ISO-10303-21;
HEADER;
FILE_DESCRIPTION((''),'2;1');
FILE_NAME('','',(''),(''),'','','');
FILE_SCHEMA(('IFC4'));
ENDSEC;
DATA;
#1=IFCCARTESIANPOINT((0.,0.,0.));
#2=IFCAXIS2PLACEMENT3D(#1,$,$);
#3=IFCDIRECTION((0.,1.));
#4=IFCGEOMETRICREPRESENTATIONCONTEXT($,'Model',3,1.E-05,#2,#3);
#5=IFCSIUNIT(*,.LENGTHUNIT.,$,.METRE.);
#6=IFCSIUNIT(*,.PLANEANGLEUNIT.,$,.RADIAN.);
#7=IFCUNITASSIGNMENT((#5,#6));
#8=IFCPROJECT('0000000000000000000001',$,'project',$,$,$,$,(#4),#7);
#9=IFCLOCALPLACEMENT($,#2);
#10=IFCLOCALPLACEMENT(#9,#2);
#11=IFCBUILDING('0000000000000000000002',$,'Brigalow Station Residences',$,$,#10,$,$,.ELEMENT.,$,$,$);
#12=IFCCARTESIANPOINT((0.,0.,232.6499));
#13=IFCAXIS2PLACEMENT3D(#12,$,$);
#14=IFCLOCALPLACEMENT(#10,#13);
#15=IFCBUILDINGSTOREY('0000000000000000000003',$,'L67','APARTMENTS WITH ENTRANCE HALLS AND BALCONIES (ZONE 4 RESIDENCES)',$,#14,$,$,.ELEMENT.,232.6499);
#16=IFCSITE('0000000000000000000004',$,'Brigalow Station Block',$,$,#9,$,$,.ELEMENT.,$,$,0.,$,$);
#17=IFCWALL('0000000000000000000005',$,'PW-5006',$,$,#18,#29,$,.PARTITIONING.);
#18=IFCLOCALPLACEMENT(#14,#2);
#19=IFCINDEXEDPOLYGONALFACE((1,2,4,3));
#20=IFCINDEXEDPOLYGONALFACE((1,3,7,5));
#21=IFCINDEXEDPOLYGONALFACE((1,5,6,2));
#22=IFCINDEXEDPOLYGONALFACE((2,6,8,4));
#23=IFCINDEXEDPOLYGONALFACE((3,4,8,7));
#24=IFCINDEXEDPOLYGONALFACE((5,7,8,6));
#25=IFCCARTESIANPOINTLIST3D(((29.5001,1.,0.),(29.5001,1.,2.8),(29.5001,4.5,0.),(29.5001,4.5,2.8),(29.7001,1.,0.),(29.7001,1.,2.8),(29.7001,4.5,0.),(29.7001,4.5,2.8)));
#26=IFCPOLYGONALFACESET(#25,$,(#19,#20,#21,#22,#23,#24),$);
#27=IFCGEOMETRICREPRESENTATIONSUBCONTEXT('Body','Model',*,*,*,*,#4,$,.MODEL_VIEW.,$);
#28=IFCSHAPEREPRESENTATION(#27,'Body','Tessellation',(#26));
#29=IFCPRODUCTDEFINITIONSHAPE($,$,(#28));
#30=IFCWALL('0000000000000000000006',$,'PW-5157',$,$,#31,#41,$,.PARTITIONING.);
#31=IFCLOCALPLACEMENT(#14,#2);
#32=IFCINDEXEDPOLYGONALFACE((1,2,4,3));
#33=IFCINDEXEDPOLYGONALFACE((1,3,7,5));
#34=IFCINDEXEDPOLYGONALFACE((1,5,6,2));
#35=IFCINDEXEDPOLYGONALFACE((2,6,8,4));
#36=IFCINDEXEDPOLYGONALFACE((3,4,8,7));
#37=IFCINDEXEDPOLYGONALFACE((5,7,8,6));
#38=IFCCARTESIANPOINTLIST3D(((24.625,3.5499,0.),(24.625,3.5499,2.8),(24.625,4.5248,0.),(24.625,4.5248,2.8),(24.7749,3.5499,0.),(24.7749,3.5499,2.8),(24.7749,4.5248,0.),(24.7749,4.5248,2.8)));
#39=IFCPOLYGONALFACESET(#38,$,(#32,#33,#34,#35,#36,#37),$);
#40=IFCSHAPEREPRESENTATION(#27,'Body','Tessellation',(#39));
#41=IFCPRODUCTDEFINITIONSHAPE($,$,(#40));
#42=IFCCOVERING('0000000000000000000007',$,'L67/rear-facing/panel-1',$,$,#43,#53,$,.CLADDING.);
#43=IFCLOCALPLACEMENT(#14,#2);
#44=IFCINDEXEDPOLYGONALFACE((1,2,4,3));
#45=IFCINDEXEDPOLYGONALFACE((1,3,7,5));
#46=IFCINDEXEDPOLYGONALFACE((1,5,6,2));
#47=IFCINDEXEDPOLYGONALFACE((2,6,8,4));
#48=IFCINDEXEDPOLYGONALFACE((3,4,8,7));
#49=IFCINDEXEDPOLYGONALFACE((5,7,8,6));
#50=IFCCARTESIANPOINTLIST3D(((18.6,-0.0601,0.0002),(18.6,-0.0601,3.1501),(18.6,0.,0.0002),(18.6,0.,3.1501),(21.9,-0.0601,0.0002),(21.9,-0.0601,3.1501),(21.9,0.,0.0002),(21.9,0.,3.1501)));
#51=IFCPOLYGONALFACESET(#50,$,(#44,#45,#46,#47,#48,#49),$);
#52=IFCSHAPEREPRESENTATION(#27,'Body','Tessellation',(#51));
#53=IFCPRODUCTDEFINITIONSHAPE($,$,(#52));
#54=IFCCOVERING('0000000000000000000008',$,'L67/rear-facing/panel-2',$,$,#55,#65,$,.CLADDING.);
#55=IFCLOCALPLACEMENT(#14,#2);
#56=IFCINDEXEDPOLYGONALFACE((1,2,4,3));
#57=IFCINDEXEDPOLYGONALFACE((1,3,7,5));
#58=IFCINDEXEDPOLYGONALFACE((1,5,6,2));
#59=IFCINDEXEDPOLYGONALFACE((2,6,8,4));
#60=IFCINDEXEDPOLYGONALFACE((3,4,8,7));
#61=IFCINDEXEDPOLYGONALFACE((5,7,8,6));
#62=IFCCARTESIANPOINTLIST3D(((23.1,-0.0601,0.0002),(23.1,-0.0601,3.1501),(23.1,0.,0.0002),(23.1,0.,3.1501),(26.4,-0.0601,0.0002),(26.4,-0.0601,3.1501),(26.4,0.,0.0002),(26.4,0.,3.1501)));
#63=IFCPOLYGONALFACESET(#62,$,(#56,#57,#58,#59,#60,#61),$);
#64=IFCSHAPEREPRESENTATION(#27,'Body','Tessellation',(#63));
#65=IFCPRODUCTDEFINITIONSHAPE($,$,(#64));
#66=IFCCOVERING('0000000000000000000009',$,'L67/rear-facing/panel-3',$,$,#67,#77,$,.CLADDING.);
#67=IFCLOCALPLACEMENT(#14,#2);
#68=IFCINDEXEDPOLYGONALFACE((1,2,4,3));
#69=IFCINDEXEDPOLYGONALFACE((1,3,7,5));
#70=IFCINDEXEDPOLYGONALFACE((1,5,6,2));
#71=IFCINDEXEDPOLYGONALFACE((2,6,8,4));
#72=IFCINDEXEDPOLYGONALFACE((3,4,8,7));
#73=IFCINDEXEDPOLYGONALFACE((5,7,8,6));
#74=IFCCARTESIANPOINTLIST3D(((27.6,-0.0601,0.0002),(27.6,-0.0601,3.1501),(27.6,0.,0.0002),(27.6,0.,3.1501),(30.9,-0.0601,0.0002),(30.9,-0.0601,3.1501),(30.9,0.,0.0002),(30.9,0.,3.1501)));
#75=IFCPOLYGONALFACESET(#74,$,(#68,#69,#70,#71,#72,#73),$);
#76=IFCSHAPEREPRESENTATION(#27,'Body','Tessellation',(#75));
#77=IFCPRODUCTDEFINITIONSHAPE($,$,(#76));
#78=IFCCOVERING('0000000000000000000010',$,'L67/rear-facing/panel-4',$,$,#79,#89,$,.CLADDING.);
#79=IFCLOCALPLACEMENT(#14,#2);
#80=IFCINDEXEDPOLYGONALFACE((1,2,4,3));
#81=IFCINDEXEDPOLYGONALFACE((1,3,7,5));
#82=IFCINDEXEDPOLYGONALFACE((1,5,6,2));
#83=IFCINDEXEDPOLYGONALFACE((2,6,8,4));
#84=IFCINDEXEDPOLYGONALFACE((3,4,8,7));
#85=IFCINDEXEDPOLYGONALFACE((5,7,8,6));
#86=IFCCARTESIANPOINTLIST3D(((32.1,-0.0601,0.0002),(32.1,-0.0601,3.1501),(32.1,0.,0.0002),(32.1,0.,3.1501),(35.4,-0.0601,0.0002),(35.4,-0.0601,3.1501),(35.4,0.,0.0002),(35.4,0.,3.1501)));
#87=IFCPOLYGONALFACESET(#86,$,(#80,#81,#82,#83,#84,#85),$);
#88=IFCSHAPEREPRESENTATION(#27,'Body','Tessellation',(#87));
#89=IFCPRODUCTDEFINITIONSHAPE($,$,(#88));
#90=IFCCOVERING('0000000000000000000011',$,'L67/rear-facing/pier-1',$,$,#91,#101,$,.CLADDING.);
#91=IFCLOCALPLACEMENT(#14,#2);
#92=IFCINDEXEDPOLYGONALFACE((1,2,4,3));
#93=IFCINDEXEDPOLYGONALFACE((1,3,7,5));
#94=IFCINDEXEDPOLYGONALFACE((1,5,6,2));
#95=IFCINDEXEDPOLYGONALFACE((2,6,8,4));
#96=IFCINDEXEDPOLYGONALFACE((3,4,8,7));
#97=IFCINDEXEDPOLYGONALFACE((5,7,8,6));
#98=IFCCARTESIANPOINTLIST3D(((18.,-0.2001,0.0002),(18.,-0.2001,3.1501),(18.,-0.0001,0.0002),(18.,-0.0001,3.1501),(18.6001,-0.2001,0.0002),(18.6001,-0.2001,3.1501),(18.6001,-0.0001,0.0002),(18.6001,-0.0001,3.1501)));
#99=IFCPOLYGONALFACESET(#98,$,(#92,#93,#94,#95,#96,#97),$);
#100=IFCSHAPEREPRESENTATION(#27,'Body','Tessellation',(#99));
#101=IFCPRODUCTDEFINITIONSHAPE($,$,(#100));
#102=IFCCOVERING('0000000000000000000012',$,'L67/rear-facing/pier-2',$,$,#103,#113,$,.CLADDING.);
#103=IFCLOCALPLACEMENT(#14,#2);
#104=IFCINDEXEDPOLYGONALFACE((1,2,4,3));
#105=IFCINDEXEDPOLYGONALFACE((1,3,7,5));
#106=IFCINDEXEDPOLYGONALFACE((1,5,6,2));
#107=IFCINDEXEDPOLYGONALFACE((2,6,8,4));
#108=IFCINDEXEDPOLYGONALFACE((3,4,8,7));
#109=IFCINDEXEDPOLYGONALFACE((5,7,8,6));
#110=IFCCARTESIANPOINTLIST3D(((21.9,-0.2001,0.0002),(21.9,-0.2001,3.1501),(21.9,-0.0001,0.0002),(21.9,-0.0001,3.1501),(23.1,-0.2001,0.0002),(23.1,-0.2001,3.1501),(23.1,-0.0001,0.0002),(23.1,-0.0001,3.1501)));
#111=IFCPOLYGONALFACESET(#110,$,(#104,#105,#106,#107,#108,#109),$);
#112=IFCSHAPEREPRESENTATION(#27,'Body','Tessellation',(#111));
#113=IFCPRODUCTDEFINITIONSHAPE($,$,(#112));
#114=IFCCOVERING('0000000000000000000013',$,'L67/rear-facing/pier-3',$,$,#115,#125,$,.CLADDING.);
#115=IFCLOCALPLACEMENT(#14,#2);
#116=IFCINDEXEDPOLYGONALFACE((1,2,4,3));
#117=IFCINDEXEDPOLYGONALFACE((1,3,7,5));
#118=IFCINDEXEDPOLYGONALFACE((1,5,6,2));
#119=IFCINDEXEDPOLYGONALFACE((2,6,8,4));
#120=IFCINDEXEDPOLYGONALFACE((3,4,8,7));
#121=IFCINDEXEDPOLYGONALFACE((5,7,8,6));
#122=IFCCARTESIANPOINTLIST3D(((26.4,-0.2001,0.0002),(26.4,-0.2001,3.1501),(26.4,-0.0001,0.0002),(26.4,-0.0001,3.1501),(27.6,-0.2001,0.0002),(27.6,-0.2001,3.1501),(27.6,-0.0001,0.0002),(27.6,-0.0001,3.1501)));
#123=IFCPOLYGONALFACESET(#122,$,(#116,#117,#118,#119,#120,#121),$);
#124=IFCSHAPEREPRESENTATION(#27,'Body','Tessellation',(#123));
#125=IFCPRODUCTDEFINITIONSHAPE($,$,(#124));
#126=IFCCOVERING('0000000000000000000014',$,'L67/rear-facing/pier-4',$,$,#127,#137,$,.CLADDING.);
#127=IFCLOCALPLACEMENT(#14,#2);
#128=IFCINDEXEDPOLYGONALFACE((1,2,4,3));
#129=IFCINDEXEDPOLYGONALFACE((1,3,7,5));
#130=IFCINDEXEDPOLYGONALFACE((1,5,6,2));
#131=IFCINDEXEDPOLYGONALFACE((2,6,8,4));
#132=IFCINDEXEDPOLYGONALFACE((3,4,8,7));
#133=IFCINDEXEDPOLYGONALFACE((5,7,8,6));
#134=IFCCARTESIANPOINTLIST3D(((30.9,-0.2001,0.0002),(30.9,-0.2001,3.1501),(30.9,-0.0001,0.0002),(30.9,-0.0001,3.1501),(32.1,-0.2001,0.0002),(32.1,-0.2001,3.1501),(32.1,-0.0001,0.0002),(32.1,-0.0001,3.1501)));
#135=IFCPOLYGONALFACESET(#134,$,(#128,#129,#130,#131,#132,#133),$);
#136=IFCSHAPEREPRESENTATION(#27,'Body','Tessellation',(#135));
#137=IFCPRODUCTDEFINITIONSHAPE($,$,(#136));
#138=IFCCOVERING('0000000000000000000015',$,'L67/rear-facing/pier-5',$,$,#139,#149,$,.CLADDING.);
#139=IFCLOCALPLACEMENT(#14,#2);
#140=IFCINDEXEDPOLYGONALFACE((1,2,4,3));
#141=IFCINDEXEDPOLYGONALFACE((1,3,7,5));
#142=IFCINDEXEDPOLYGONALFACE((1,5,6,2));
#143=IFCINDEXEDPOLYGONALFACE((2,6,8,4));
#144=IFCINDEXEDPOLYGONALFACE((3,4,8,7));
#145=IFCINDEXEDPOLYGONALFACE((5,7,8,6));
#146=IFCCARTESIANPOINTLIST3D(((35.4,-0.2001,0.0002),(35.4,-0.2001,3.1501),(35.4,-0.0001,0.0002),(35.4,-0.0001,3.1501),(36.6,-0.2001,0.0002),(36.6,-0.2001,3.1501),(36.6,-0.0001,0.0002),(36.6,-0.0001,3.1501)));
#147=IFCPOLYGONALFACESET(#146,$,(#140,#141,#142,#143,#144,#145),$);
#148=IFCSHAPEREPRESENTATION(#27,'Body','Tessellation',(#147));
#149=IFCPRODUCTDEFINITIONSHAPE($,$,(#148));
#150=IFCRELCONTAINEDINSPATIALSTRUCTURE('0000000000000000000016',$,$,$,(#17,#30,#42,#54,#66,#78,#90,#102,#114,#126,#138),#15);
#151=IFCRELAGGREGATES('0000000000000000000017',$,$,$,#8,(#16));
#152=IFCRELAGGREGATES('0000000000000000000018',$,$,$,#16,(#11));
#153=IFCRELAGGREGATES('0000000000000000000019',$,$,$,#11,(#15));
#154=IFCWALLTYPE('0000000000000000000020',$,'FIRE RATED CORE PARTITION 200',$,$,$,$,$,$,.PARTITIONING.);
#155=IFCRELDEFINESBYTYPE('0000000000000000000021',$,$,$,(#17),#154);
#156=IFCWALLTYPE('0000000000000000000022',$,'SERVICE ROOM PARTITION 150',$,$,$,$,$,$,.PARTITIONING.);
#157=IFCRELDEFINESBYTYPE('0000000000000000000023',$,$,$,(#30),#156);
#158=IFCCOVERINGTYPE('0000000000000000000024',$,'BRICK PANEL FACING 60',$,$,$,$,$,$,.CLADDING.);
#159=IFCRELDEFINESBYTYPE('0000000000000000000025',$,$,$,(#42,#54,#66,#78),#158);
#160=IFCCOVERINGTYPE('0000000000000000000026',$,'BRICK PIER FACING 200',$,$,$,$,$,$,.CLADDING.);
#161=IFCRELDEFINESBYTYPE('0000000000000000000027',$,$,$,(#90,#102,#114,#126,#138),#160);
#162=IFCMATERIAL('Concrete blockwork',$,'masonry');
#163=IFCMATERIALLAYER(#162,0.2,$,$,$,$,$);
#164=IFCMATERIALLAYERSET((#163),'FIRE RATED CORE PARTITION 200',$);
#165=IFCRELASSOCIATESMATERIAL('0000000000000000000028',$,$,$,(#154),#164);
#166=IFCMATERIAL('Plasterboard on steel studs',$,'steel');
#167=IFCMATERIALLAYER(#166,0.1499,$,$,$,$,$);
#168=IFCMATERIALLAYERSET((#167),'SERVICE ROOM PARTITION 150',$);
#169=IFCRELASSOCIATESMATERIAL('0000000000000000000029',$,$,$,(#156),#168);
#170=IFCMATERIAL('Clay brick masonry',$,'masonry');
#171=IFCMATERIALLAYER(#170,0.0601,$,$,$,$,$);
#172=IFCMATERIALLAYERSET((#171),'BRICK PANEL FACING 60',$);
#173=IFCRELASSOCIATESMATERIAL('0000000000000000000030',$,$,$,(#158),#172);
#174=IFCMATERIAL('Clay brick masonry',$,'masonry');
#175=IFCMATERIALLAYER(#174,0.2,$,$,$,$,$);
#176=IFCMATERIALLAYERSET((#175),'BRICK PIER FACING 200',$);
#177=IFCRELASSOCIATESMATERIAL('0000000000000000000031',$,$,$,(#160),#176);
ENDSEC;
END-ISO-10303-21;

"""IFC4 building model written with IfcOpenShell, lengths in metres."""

from ifc_helpers import new_model, si_unit, direction, frame, frame_2d, origin, origin_2d, place, context, subcontext, project, spatial, rectangle, extrude, material, layer, layer_set, type_object, element, save


model = new_model("IFC4")

# Units and contexts
model_context = context("Model", 3, precision=1e-05, world=origin(), true_north=direction((0.0, 1.0)))
body_context = subcontext(model_context, "Body", "Model", "MODEL_VIEW")
ifc_project = project(units=[si_unit("LENGTHUNIT", "METRE"), si_unit("PLANEANGLEUNIT", "RADIAN")], contexts=[model_context])

# Site, building, storey
site_placement = place(None, origin())
site = spatial("IfcSite", under=ifc_project, at=site_placement, Name="Brigalow Station Block", CompositionType="ELEMENT", RefElevation=0.0)
building_placement = place(site_placement, origin())
building = spatial("IfcBuilding", under=site, at=building_placement, Name="Brigalow Station Residences", CompositionType="ELEMENT")
storey_placement = place(building_placement, frame((0.0, 0.0, 232.6499)))
storey = spatial("IfcBuildingStorey", under=building, at=storey_placement, Name="L67", Description="APARTMENTS WITH ENTRANCE HALLS AND BALCONIES (ZONE 4 RESIDENCES)", CompositionType="ELEMENT", Elevation=232.6499)

# Walls
ifc_material_1 = material(Name="Concrete blockwork", Category="masonry")
ifc_layer_1 = layer(ifc_material_1, 0.2)
ifc_layer_set_1 = layer_set([ifc_layer_1], Name="FIRE RATED CORE PARTITION 200")
wall_type_1 = type_object("IfcWallType", Name="FIRE RATED CORE PARTITION 200", PredefinedType="PARTITIONING", material=ifc_layer_set_1)
wall_1_placement = place(storey_placement, frame((29.6001, 1.0, 0.0), z_axis=(0.0, 0.0, 1.0), x_axis=(0.0, 1.0, 0.0)))
element("IfcWall", 1, at=wall_1_placement, inside=storey, type_object=wall_type_1, Name="PW-5006", PredefinedType="PARTITIONING", context=body_context, shape_type="SweptSolid", body=[
    extrude(rectangle(XDim=3.5, YDim=0.2, at=frame_2d((1.75, 0.0))), origin(), (0.0, 0.0, 1.0), 2.8),
])
ifc_material_2 = material(Name="Plasterboard on steel studs", Category="steel")
ifc_layer_2 = layer(ifc_material_2, 0.1499)
ifc_layer_set_2 = layer_set([ifc_layer_2], Name="SERVICE ROOM PARTITION 150")
wall_type_2 = type_object("IfcWallType", Name="SERVICE ROOM PARTITION 150", PredefinedType="PARTITIONING", material=ifc_layer_set_2)
wall_2_placement = place(storey_placement, frame((24.7, 3.55, 0.0), z_axis=(0.0, 0.0, 1.0), x_axis=(0.0, 1.0, 0.0)))
element("IfcWall", 2, at=wall_2_placement, inside=storey, type_object=wall_type_2, Name="PW-5157", PredefinedType="PARTITIONING", context=body_context, shape_type="SweptSolid", body=[
    extrude(rectangle(XDim=0.9749, YDim=0.1499, at=frame_2d((0.4873, 0.0))), origin(), (0.0, 0.0, 1.0), 2.8),
])

# Coverings
ifc_material_3 = material(Name="Clay brick masonry", Category="masonry")
ifc_layer_3 = layer(ifc_material_3, 0.0601)
ifc_layer_set_3 = layer_set([ifc_layer_3], Name="BRICK PANEL FACING 60")
covering_type_1 = type_object("IfcCoveringType", Name="BRICK PANEL FACING 60", PredefinedType="CLADDING", material=ifc_layer_set_3)
for number, where, z_axis, x_axis, name in (
    (3, (20.25, -0.03, 0.0002), (0.0, 0.0, 1.0), (1.0, 0.0, 0.0), "L67/rear-facing/panel-1"),
    (4, (24.75, -0.03, 0.0002), (0.0, 0.0, 1.0), (1.0, 0.0, 0.0), "L67/rear-facing/panel-2"),
    (5, (29.25, -0.03, 0.0002), (0.0, 0.0, 1.0), (1.0, 0.0, 0.0), "L67/rear-facing/panel-3"),
    (6, (33.75, -0.03, 0.0002), (0.0, 0.0, 1.0), (1.0, 0.0, 0.0), "L67/rear-facing/panel-4"),
):
    element("IfcCovering", number, at=place(storey_placement, frame(where, z_axis=z_axis, x_axis=x_axis)), inside=storey, type_object=covering_type_1, Name=name, PredefinedType="CLADDING", context=body_context, shape_type="SweptSolid", body=[
        extrude(rectangle(XDim=3.3, YDim=0.0601, at=origin_2d()), origin(), (0.0, 0.0, 1.0), 3.1499),
    ])
ifc_material_4 = material(Name="Clay brick masonry", Category="masonry")
ifc_layer_4 = layer(ifc_material_4, 0.2)
ifc_layer_set_4 = layer_set([ifc_layer_4], Name="BRICK PIER FACING 200")
covering_type_2 = type_object("IfcCoveringType", Name="BRICK PIER FACING 200", PredefinedType="CLADDING", material=ifc_layer_set_4)
covering_placement = place(storey_placement, frame((18.3, -0.1001, 0.0002), z_axis=(0.0, 0.0, 1.0), x_axis=(1.0, 0.0, 0.0)))
element("IfcCovering", 7, at=covering_placement, inside=storey, type_object=covering_type_2, Name="L67/rear-facing/pier-1", PredefinedType="CLADDING", context=body_context, shape_type="SweptSolid", body=[
    extrude(rectangle(XDim=0.6001, YDim=0.2, at=origin_2d()), origin(), (0.0, 0.0, 1.0), 3.1499),
])
for number, where, z_axis, x_axis, name in (
    (8, (22.5, -0.1001, 0.0002), (0.0, 0.0, 1.0), (1.0, 0.0, 0.0), "L67/rear-facing/pier-2"),
    (9, (27.0, -0.1001, 0.0002), (0.0, 0.0, 1.0), (1.0, 0.0, 0.0), "L67/rear-facing/pier-3"),
    (10, (31.5, -0.1001, 0.0002), (0.0, 0.0, 1.0), (1.0, 0.0, 0.0), "L67/rear-facing/pier-4"),
    (11, (36.0, -0.1001, 0.0002), (0.0, 0.0, 1.0), (1.0, 0.0, 0.0), "L67/rear-facing/pier-5"),
):
    element("IfcCovering", number, at=place(storey_placement, frame(where, z_axis=z_axis, x_axis=x_axis)), inside=storey, type_object=covering_type_2, Name=name, PredefinedType="CLADDING", context=body_context, shape_type="SweptSolid", body=[
        extrude(rectangle(XDim=1.2, YDim=0.2, at=origin_2d()), origin(), (0.0, 0.0, 1.0), 3.1499),
    ])

save(model, "model.ifc")
